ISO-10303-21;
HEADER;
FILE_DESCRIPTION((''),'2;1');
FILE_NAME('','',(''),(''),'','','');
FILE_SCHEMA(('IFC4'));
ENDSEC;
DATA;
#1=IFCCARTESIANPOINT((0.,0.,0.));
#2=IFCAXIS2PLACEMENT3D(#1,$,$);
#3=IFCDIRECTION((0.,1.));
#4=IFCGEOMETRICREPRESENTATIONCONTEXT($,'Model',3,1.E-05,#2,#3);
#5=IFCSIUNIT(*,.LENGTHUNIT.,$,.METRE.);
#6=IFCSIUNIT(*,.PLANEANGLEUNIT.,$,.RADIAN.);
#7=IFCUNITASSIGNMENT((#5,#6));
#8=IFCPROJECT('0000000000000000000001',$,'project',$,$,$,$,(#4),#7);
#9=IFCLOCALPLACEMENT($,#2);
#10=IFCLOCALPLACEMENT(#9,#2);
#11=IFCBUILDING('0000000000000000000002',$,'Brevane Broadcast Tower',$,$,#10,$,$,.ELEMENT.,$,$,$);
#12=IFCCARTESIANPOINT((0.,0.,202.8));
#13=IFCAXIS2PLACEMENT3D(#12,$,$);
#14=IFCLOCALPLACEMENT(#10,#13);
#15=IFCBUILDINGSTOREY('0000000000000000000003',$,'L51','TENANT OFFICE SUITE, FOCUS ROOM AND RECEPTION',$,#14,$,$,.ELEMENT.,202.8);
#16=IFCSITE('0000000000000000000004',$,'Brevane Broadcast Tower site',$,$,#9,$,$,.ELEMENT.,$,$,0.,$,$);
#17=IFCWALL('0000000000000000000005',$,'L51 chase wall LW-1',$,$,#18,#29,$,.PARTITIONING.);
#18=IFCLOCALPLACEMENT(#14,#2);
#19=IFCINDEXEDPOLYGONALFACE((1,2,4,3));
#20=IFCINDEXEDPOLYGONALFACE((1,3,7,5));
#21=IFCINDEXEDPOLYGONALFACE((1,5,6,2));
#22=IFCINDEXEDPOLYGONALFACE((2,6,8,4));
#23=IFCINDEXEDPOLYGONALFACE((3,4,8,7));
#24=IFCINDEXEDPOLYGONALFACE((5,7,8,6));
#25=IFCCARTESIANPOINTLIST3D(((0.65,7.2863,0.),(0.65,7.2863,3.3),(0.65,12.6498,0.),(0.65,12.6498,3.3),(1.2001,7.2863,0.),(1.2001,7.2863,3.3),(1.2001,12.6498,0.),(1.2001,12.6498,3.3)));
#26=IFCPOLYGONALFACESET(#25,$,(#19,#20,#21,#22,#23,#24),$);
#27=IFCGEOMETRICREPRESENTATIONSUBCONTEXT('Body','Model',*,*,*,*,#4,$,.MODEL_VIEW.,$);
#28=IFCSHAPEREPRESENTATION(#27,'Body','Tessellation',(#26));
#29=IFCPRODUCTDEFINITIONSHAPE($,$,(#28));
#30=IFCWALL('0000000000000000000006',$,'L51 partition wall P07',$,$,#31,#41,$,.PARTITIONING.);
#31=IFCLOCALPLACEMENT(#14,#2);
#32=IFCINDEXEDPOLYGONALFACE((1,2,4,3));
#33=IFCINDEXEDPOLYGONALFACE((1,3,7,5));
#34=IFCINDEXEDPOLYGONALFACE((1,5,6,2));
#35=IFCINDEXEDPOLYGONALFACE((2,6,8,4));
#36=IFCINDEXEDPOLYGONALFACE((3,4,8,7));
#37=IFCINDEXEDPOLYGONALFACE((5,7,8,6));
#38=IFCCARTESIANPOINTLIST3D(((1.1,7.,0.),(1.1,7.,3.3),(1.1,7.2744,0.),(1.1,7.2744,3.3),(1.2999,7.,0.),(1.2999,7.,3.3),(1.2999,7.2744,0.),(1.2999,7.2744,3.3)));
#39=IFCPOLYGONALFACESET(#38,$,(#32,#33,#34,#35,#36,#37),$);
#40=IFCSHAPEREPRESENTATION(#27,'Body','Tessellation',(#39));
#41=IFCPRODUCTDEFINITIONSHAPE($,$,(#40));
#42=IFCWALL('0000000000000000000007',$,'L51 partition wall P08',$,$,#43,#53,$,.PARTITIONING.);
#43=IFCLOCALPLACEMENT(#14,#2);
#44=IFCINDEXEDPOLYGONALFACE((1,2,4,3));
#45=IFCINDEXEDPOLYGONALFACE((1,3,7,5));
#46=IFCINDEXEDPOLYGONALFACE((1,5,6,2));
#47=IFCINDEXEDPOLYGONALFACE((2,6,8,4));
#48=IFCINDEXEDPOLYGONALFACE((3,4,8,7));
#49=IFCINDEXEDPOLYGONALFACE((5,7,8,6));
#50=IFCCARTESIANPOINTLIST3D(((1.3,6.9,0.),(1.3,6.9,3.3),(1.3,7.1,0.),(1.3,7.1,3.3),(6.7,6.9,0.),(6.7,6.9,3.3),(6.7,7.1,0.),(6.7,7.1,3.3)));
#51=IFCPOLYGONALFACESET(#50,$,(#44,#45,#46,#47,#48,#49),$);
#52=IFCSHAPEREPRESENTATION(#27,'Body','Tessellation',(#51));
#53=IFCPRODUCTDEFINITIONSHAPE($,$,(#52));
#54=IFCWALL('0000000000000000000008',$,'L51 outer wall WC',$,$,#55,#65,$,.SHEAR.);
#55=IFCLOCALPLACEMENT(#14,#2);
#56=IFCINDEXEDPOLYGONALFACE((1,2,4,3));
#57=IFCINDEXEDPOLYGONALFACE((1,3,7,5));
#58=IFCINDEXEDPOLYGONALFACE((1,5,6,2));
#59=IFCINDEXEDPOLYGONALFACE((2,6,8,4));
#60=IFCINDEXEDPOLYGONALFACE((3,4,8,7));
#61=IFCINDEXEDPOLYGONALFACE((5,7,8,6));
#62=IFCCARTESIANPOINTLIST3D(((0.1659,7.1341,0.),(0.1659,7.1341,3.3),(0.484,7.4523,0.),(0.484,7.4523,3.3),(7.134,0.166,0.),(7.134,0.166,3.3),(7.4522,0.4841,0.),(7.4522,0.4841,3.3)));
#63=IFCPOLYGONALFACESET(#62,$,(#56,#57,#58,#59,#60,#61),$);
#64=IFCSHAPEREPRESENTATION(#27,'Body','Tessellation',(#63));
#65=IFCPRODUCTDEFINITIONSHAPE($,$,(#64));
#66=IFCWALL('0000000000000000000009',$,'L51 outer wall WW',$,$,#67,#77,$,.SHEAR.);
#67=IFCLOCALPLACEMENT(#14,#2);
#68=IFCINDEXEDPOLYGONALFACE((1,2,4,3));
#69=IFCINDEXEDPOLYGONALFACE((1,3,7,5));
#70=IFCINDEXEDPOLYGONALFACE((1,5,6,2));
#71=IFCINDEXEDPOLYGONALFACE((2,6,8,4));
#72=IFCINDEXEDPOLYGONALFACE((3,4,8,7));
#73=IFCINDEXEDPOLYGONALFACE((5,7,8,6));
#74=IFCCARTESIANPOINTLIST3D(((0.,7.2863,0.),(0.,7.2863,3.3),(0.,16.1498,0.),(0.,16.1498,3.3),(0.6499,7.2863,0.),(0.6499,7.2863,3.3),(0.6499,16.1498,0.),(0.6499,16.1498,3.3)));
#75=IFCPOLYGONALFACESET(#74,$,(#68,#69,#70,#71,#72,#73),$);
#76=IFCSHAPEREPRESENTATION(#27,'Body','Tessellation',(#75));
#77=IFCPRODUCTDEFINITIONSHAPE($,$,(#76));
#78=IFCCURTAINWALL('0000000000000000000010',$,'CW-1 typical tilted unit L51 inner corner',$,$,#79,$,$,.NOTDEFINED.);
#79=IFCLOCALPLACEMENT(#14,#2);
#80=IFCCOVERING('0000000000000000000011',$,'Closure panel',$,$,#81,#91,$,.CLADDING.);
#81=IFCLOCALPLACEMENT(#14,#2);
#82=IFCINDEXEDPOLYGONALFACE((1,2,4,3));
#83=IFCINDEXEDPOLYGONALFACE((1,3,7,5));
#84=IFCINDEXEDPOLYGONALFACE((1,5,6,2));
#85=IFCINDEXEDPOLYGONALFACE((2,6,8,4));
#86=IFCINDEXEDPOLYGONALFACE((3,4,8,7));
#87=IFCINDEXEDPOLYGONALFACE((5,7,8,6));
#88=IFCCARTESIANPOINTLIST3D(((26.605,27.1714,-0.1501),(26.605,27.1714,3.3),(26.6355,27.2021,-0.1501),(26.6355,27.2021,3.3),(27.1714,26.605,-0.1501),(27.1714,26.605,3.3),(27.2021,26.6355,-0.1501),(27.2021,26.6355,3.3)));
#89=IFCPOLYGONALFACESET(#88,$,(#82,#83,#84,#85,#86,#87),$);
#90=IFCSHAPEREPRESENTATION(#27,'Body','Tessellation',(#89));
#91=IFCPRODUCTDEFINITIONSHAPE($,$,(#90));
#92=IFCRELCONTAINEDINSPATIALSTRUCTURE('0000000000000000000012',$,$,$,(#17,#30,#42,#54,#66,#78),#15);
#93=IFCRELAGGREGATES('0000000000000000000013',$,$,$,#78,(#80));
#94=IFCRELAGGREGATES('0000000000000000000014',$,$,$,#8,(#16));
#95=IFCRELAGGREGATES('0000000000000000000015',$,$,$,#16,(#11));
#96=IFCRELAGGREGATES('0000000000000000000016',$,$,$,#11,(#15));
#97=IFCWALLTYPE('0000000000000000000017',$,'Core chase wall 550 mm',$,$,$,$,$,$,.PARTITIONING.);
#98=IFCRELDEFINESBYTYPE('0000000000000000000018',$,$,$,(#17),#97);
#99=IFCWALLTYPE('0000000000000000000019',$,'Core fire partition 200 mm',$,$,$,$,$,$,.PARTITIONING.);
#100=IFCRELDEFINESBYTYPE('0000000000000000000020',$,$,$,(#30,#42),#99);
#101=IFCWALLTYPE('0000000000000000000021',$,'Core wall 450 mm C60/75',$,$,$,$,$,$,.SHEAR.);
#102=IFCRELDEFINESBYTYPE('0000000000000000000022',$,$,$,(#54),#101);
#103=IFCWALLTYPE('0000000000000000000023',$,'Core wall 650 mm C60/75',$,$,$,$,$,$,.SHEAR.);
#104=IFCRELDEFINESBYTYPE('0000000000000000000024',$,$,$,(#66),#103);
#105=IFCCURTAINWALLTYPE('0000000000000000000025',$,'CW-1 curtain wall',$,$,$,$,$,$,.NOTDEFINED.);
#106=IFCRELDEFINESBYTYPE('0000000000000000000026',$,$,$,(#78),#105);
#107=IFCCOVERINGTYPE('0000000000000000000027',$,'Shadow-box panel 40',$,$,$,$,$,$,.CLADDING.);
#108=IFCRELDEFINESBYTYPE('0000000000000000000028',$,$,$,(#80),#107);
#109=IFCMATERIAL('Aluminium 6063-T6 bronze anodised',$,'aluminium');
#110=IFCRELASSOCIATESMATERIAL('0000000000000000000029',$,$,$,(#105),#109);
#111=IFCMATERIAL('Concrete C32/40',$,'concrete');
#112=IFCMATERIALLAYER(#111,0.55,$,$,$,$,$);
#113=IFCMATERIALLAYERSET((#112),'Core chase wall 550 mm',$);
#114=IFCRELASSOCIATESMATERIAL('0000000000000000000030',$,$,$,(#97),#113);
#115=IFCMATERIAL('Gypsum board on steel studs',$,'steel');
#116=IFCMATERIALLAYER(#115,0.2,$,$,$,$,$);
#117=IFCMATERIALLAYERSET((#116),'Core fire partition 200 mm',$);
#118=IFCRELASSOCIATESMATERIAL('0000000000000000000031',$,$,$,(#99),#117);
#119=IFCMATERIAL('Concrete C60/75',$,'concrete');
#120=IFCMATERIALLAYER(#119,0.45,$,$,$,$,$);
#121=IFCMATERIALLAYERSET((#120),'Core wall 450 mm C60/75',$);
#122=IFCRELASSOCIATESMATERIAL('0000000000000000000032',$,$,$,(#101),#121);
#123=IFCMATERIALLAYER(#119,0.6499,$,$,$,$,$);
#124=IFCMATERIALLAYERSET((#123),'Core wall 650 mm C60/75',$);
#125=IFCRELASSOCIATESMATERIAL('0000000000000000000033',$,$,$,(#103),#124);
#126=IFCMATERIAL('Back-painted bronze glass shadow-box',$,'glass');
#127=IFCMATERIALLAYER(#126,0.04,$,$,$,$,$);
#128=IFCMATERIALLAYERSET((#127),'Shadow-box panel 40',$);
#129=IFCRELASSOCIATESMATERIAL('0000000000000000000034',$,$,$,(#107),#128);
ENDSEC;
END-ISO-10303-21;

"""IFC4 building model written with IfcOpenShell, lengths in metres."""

from ifc_helpers import new_model, si_unit, direction, frame, frame_2d, origin, place, context, subcontext, project, spatial, polyline, rectangle, outline, extrude, material, layer, layer_set, type_object, element, aggregate, save


model = new_model("IFC4")

# Units and contexts
model_context = context("Model", 3, precision=1e-05, world=origin(), true_north=direction((0.0, 1.0)))
body_context = subcontext(model_context, "Body", "Model", "MODEL_VIEW")
ifc_project = project(units=[si_unit("LENGTHUNIT", "METRE"), si_unit("PLANEANGLEUNIT", "RADIAN")], contexts=[model_context])

# Site, building, storey
site_placement = place(None, origin())
site = spatial("IfcSite", under=ifc_project, at=site_placement, Name="Brevane Broadcast Tower site", CompositionType="ELEMENT", RefElevation=0.0)
building_placement = place(site_placement, origin())
building = spatial("IfcBuilding", under=site, at=building_placement, Name="Brevane Broadcast Tower", CompositionType="ELEMENT")
storey_placement = place(building_placement, frame((0.0, 0.0, 202.8)))
storey = spatial("IfcBuildingStorey", under=building, at=storey_placement, Name="L51", Description="TENANT OFFICE SUITE, FOCUS ROOM AND RECEPTION", CompositionType="ELEMENT", Elevation=202.8)

# Shared definitions
ifc_material_1 = material(Name="Aluminium 6063-T6 bronze anodised", Category="aluminium")
curtain_wall_type = type_object("IfcCurtainWallType", Name="CW-1 curtain wall", PredefinedType="NOTDEFINED", material=ifc_material_1)

# Walls
ifc_material_2 = material(Name="Concrete C32/40", Category="concrete")
ifc_layer_1 = layer(ifc_material_2, 0.55)
ifc_layer_set_1 = layer_set([ifc_layer_1], Name="Core chase wall 550 mm")
wall_type_1 = type_object("IfcWallType", Name="Core chase wall 550 mm", PredefinedType="PARTITIONING", material=ifc_layer_set_1)
wall_1_placement = place(storey_placement, frame((0.925, 7.2864, 0.0), z_axis=(0.0, 0.0, 1.0), x_axis=(0.0, 1.0, 0.0)))
element("IfcWall", 1, at=wall_1_placement, inside=storey, type_object=wall_type_1, Name="L51 chase wall LW-1", PredefinedType="PARTITIONING", context=body_context, shape_type="SweptSolid", body=[
    extrude(rectangle(XDim=5.3635, YDim=0.55, at=frame_2d((2.6816, 0.0))), origin(), (0.0, 0.0, 1.0), 3.3),
])
ifc_material_3 = material(Name="Gypsum board on steel studs", Category="steel")
ifc_layer_2 = layer(ifc_material_3, 0.2)
ifc_layer_set_2 = layer_set([ifc_layer_2], Name="Core fire partition 200 mm")
wall_type_2 = type_object("IfcWallType", Name="Core fire partition 200 mm", PredefinedType="PARTITIONING", material=ifc_layer_set_2)
wall_2_placement = place(storey_placement, frame((1.2, 7.2744, 0.0), z_axis=(0.0, 0.0, 1.0), x_axis=(0.0, -1.0, 0.0)))
element("IfcWall", 2, at=wall_2_placement, inside=storey, type_object=wall_type_2, Name="L51 partition wall P07", PredefinedType="PARTITIONING", context=body_context, shape_type="SweptSolid", body=[
    extrude(rectangle(XDim=0.2744, YDim=0.2, at=frame_2d((0.1372, 0.0))), origin(), (0.0, 0.0, 1.0), 3.3),
])
wall_3_placement = place(storey_placement, frame((1.3, 7.0, 0.0), z_axis=(0.0, 0.0, 1.0), x_axis=(1.0, 0.0, 0.0)))
element("IfcWall", 3, at=wall_3_placement, inside=storey, type_object=wall_type_2, Name="L51 partition wall P08", PredefinedType="PARTITIONING", context=body_context, shape_type="SweptSolid", body=[
    extrude(rectangle(XDim=5.3999, YDim=0.2, at=frame_2d((2.7, 0.0))), origin(), (0.0, 0.0, 1.0), 3.3),
])
ifc_material_4 = material(Name="Concrete C60/75", Category="concrete")
ifc_layer_3 = layer(ifc_material_4, 0.45)
ifc_layer_set_3 = layer_set([ifc_layer_3], Name="Core wall 450 mm C60/75")
wall_type_3 = type_object("IfcWallType", Name="Core wall 450 mm C60/75", PredefinedType="SHEAR", material=ifc_layer_set_3)
wall_4_placement = place(storey_placement, frame((0.325, 7.2932, 0.0), z_axis=(0.0, 0.0, 1.0), x_axis=(0.707107, -0.707107, 0.0)))
element("IfcWall", 4, at=wall_4_placement, inside=storey, type_object=wall_type_3, Name="L51 outer wall WC", PredefinedType="SHEAR", context=body_context, shape_type="SweptSolid", body=[
    extrude(rectangle(XDim=9.8545, YDim=0.45, at=frame_2d((4.9272, 0.0))), origin(), (0.0, 0.0, 1.0), 3.3),
])
ifc_layer_4 = layer(ifc_material_4, 0.6499)
ifc_layer_set_4 = layer_set([ifc_layer_4], Name="Core wall 650 mm C60/75")
wall_type_4 = type_object("IfcWallType", Name="Core wall 650 mm C60/75", PredefinedType="SHEAR", material=ifc_layer_set_4)
wall_5_placement = place(storey_placement, frame((0.325, 7.2864, 0.0), z_axis=(0.0, 0.0, 1.0), x_axis=(0.0, 1.0, 0.0)))
element("IfcWall", 5, at=wall_5_placement, inside=storey, type_object=wall_type_4, Name="L51 outer wall WW", PredefinedType="SHEAR", context=body_context, shape_type="SweptSolid", body=[
    extrude(rectangle(XDim=8.8635, YDim=0.6499, at=frame_2d((4.4316, 0.0))), origin(), (0.0, 0.0, 1.0), 3.3),
])

# Curtain wall, covering
curtain_wall_1_placement = place(storey_placement, origin())
curtain_wall_1 = element("IfcCurtainWall", 6, at=curtain_wall_1_placement, inside=storey, type_object=curtain_wall_type, Name="CW-1 typical tilted unit L51 inner corner", PredefinedType="NOTDEFINED")
ifc_material_5 = material(Name="Back-painted bronze glass shadow-box", Category="glass")
ifc_layer_5 = layer(ifc_material_5, 0.04)
ifc_layer_set_5 = layer_set([ifc_layer_5], Name="Shadow-box panel 40")
covering_type = type_object("IfcCoveringType", Name="Shadow-box panel 40", PredefinedType="CLADDING", material=ifc_layer_set_5)
covering_placement = place(storey_placement, frame((0.0, 0.0, -0.1501)))
covering = element("IfcCovering", 7, at=covering_placement, type_object=covering_type, Name="Closure panel", PredefinedType="CLADDING", context=body_context, shape_type="SweptSolid", body=[
    extrude(outline(polyline([(27.1714, 26.605), (27.2021, 26.6355), (26.6355, 27.2021), (26.605, 27.1714), (27.1714, 26.605)])), origin(), (0.0, 0.0, 1.0), 3.4502),
])
aggregate(curtain_wall_1, [covering])

save(model, "model.ifc")
